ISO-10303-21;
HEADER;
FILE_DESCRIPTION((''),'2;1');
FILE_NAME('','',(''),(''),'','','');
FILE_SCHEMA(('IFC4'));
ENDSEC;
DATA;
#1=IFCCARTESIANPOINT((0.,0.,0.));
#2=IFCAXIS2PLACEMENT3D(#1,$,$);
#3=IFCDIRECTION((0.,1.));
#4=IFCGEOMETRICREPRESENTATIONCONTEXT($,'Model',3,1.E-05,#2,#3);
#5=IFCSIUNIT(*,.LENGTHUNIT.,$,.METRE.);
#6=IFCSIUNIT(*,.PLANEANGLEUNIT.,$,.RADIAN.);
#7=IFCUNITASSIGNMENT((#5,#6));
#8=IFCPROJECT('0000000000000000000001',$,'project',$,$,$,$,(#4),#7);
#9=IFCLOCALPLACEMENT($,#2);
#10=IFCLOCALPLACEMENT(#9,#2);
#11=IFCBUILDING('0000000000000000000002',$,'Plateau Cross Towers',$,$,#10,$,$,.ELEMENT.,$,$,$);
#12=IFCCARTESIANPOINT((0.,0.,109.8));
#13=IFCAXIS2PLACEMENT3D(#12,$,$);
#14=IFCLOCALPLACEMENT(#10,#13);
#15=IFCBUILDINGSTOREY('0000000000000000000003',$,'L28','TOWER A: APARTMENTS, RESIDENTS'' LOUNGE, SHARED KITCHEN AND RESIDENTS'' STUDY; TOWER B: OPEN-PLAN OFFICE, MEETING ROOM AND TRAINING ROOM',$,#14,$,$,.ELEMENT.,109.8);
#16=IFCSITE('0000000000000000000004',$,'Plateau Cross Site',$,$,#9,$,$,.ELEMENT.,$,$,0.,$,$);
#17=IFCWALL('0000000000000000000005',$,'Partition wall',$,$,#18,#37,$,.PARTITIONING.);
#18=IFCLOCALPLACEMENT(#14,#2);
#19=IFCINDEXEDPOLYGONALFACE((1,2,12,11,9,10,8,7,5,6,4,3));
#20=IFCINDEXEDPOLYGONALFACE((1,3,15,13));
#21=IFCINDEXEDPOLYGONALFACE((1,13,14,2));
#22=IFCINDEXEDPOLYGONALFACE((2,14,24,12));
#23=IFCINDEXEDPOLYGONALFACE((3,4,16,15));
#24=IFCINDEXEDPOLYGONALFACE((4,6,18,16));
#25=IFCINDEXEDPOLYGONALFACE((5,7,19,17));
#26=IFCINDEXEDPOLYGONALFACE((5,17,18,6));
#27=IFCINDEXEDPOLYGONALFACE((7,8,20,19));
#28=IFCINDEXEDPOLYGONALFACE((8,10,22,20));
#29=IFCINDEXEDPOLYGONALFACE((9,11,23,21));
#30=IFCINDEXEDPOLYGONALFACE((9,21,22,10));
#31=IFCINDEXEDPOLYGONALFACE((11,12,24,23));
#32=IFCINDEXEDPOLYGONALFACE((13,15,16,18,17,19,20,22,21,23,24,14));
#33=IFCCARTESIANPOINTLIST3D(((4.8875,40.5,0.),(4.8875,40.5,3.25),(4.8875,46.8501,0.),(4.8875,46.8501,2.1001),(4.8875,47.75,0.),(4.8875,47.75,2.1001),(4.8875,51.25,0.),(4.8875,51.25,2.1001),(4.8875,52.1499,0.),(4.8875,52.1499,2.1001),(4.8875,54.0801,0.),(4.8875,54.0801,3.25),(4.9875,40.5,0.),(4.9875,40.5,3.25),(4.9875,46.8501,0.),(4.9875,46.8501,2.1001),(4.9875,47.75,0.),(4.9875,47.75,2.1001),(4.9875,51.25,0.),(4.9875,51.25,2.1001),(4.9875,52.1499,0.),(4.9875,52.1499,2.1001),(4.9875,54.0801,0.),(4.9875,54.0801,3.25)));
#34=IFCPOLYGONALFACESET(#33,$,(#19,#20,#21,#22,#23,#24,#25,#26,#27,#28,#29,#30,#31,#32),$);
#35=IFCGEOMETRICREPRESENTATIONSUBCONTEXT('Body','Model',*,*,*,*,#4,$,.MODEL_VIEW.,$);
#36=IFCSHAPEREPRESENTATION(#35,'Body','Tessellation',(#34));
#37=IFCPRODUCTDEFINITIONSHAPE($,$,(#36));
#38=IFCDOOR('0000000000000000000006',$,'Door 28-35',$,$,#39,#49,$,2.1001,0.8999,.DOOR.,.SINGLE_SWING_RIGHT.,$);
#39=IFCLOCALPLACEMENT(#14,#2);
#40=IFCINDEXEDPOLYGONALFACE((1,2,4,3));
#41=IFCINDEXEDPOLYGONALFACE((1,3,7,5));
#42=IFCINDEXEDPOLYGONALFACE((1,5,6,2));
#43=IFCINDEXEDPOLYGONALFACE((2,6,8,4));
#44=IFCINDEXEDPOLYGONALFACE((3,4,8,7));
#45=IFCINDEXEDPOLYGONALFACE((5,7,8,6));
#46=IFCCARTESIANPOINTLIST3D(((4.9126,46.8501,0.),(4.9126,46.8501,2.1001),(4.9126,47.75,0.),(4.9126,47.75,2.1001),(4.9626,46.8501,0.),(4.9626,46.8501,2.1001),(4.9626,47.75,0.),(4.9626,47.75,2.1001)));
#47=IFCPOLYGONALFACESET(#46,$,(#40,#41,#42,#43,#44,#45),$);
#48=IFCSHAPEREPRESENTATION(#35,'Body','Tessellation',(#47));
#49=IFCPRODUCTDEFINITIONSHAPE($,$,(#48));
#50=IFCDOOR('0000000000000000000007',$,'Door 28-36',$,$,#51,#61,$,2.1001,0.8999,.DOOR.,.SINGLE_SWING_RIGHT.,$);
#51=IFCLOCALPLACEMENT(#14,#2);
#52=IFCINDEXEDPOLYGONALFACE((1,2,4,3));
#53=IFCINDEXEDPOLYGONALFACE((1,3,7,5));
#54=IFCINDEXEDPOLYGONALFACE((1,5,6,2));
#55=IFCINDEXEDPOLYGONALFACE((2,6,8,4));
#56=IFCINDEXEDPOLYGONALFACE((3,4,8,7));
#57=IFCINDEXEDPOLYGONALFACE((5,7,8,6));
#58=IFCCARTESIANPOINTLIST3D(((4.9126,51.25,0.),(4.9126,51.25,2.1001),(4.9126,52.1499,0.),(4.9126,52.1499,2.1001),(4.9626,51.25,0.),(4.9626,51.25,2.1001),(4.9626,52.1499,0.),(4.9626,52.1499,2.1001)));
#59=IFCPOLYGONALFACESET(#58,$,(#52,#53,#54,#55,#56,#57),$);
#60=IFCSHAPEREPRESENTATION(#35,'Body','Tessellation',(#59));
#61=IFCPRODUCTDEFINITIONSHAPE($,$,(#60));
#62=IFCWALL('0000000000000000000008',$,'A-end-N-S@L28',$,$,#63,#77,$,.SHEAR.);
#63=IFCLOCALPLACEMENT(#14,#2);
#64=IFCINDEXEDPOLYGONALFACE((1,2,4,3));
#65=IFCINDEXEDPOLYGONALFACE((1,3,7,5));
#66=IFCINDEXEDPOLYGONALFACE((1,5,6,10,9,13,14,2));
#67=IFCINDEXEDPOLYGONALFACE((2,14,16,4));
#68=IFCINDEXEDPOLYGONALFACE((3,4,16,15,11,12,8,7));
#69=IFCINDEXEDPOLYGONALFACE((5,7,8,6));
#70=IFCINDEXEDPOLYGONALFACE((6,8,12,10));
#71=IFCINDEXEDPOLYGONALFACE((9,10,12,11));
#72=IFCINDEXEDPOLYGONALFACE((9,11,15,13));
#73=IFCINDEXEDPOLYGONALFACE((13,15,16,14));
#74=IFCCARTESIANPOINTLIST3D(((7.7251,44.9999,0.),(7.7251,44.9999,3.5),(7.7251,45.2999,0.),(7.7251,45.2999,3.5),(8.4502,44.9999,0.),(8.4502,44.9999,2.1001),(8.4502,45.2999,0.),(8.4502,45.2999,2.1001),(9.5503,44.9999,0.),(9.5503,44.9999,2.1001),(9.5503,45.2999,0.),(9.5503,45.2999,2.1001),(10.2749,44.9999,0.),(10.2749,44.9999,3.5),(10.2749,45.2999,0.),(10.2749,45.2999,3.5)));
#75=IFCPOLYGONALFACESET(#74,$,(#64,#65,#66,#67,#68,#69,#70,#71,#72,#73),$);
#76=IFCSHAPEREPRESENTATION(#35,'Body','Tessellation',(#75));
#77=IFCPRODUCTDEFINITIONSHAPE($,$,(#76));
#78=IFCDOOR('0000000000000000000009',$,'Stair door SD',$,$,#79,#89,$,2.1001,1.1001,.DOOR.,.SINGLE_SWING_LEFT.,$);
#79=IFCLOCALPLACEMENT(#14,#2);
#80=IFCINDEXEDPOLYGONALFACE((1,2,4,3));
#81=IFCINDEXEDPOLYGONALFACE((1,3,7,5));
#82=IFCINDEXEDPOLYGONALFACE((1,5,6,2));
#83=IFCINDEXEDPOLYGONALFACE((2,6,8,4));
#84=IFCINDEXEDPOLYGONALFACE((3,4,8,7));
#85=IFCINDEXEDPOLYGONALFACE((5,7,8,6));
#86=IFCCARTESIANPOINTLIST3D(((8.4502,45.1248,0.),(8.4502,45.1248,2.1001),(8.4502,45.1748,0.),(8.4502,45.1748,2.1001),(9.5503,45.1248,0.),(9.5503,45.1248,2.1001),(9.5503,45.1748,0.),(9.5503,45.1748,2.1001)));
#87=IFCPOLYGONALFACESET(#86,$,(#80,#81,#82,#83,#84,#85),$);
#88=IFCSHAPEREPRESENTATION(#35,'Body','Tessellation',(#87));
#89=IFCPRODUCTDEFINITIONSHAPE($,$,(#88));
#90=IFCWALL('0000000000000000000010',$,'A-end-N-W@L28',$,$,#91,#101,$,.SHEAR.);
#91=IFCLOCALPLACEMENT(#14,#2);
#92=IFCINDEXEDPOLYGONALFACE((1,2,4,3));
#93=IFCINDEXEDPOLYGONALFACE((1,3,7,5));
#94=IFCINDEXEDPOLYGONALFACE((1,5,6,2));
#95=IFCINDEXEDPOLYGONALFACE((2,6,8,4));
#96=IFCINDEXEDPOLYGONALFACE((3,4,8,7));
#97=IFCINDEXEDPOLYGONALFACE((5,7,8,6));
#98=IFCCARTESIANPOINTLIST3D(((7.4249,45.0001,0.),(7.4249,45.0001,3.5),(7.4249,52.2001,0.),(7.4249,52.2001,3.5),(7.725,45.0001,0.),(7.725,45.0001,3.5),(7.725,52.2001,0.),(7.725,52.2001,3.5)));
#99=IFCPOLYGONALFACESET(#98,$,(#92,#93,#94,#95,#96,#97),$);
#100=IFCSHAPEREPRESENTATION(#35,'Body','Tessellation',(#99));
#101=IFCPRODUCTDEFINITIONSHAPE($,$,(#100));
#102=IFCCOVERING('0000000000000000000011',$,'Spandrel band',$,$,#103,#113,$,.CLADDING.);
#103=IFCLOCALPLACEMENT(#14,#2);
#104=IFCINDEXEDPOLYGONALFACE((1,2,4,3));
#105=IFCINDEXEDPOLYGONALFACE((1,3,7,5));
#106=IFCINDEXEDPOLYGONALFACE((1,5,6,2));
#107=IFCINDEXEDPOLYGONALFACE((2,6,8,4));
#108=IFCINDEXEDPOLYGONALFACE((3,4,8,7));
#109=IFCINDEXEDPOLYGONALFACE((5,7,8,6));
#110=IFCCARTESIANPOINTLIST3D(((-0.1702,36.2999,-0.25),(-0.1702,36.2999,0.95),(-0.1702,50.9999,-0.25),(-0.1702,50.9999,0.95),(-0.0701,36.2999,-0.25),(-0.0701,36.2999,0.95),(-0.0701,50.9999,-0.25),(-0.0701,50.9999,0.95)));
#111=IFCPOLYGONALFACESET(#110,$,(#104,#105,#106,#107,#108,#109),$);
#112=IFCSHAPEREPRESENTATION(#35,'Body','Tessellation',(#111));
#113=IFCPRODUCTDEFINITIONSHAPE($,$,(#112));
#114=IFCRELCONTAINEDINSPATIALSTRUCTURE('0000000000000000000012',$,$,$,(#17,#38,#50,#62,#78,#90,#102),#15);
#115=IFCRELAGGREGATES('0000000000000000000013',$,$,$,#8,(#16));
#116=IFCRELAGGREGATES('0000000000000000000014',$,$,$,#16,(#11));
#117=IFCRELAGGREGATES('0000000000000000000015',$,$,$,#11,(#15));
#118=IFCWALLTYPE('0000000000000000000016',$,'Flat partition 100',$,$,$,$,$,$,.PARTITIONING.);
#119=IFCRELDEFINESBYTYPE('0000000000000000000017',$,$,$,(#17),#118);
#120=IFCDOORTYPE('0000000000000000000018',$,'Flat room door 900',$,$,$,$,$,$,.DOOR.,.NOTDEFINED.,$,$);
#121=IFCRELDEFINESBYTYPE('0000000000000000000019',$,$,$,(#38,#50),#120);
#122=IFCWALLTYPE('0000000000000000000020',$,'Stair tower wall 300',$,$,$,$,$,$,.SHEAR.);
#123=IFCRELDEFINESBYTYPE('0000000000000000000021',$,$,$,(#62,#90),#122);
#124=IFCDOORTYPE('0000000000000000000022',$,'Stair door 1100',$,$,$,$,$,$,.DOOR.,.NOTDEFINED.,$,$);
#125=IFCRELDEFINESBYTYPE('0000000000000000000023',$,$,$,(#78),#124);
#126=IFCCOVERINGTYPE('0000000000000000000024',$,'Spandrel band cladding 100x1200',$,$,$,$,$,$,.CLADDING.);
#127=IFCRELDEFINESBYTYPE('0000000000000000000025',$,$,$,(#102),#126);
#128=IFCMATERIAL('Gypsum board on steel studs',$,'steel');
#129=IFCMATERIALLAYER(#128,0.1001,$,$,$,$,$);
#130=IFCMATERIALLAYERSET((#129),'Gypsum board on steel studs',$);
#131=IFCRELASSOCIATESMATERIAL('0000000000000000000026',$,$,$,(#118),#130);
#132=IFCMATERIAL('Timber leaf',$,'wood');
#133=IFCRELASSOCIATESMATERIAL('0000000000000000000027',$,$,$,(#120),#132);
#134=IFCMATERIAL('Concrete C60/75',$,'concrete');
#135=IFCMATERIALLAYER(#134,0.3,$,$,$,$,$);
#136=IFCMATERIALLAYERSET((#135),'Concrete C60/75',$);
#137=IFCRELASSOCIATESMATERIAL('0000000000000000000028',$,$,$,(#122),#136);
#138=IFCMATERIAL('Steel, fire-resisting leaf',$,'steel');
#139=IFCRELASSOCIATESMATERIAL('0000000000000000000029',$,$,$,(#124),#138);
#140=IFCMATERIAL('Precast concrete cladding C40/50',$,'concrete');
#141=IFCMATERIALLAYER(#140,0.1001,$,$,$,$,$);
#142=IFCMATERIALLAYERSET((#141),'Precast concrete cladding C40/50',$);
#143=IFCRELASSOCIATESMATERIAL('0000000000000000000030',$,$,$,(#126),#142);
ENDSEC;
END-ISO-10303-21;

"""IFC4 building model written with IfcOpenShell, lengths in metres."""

from ifc_helpers import new_model, si_unit, direction, frame, frame_2d, origin, origin_2d, place, context, subcontext, project, spatial, rectangle, extrude, material, layer, layer_set, type_object, element, fill, save


model = new_model("IFC4")

# Units and contexts
model_context = context("Model", 3, precision=1e-05, world=origin(), true_north=direction((0.0, 1.0)))
body_context = subcontext(model_context, "Body", "Model", "MODEL_VIEW")
ifc_project = project(units=[si_unit("LENGTHUNIT", "METRE"), si_unit("PLANEANGLEUNIT", "RADIAN")], contexts=[model_context])

# Site, building, storey
site_placement = place(None, origin())
site = spatial("IfcSite", under=ifc_project, at=site_placement, Name="Plateau Cross Site", CompositionType="ELEMENT", RefElevation=0.0)
building_placement = place(site_placement, origin())
building = spatial("IfcBuilding", under=site, at=building_placement, Name="Plateau Cross Towers", CompositionType="ELEMENT")
storey_placement = place(building_placement, frame((0.0, 0.0, 109.8)))
storey = spatial("IfcBuildingStorey", under=building, at=storey_placement, Name="L28", Description="TOWER A: APARTMENTS, RESIDENTS' LOUNGE, SHARED KITCHEN AND RESIDENTS' STUDY; TOWER B: OPEN-PLAN OFFICE, MEETING ROOM AND TRAINING ROOM", CompositionType="ELEMENT", Elevation=109.8)

# Shared definitions
ifc_material_1 = material(Name="Gypsum board on steel studs", Category="steel")
ifc_layer_1 = layer(ifc_material_1, 0.1001)
ifc_layer_set_1 = layer_set([ifc_layer_1], Name="Gypsum board on steel studs")
wall_type_1 = type_object("IfcWallType", Name="Flat partition 100", PredefinedType="PARTITIONING", material=ifc_layer_set_1)
ifc_material_2 = material(Name="Timber leaf", Category="wood")
door_type_1 = type_object("IfcDoorType", Name="Flat room door 900", OperationType="NOTDEFINED", PredefinedType="DOOR", material=ifc_material_2)

# Wall, openings, doors
wall_1_placement = place(storey_placement, frame((4.9375, 40.5, 0.0), z_axis=(0.0, 0.0, 1.0), x_axis=(0.0, 1.0, 0.0)))
wall_1 = element("IfcWall", 1, at=wall_1_placement, inside=storey, type_object=wall_type_1, Name="Partition wall", PredefinedType="PARTITIONING", context=body_context, shape_type="SweptSolid", body=[
    extrude(rectangle(XDim=13.5801, YDim=0.1001, at=frame_2d((6.79, 0.0))), origin(), (0.0, 0.0, 1.0), 3.25),
])
opening_1_placement = place(wall_1_placement, frame((6.3501, 0.0, 0.0)))
opening_1 = element("IfcOpeningElement", 2, at=opening_1_placement, cuts=wall_1, PredefinedType="OPENING", context=body_context, shape_type="SweptSolid", body=[
    extrude(rectangle(XDim=0.8999, YDim=2.1001, at=frame_2d((0.45, 1.05))), frame((0.0, 0.0601, 0.0), z_axis=(0.0, -1.0, 0.0), x_axis=(1.0, 0.0, 0.0)), (0.0, 0.0, 1.0), 0.1201),
])
opening_2_placement = place(wall_1_placement, frame((10.75, 0.0, 0.0)))
opening_2 = element("IfcOpeningElement", 3, at=opening_2_placement, cuts=wall_1, PredefinedType="OPENING", context=body_context, shape_type="SweptSolid", body=[
    extrude(rectangle(XDim=0.8999, YDim=2.1001, at=frame_2d((0.45, 1.05))), frame((0.0, 0.0601, 0.0), z_axis=(0.0, -1.0, 0.0), x_axis=(1.0, 0.0, 0.0)), (0.0, 0.0, 1.0), 0.1201),
])
door_1_placement = place(opening_1_placement, origin())
door_1 = element("IfcDoor", 4, at=door_1_placement, inside=storey, type_object=door_type_1, Name="Door 28-35", OperationType="SINGLE_SWING_RIGHT", OverallHeight=2.1001, OverallWidth=0.8999, PredefinedType="DOOR", context=body_context, shape_type="SweptSolid", body=[
    extrude(rectangle(XDim=0.8999, YDim=2.1001, at=frame_2d((0.45, 1.05))), frame((0.0, 0.0249, 0.0), z_axis=(0.0, -1.0, 0.0), x_axis=(1.0, 0.0, 0.0)), (0.0, 0.0, 1.0), 0.05),
])
fill(opening_1, door_1)
door_2_placement = place(opening_2_placement, origin())
door_2 = element("IfcDoor", 5, at=door_2_placement, inside=storey, type_object=door_type_1, Name="Door 28-36", OperationType="SINGLE_SWING_RIGHT", OverallHeight=2.1001, OverallWidth=0.8999, PredefinedType="DOOR", context=body_context, shape_type="SweptSolid", body=[
    extrude(rectangle(XDim=0.8999, YDim=2.1001, at=frame_2d((0.45, 1.05))), frame((0.0, 0.0249, 0.0), z_axis=(0.0, -1.0, 0.0), x_axis=(1.0, 0.0, 0.0)), (0.0, 0.0, 1.0), 0.05),
])
fill(opening_2, door_2)

# Wall, opening, door
ifc_material_3 = material(Name="Concrete C60/75", Category="concrete")
ifc_layer_2 = layer(ifc_material_3, 0.3)
ifc_layer_set_2 = layer_set([ifc_layer_2], Name="Concrete C60/75")
wall_type_2 = type_object("IfcWallType", Name="Stair tower wall 300", PredefinedType="SHEAR", material=ifc_layer_set_2)
wall_2_placement = place(storey_placement, frame((7.7251, 45.1499, 0.0), z_axis=(0.0, 0.0, 1.0), x_axis=(1.0, 0.0, 0.0)))
wall_2 = element("IfcWall", 6, at=wall_2_placement, inside=storey, type_object=wall_type_2, Name="A-end-N-S@L28", PredefinedType="SHEAR", context=body_context, shape_type="SweptSolid", body=[
    extrude(rectangle(XDim=2.5498, YDim=0.3, at=frame_2d((1.2749, 0.0))), origin(), (0.0, 0.0, 1.0), 3.5),
])
opening_3_placement = place(wall_2_placement, frame((0.7251, 0.0, 0.0)))
opening_3 = element("IfcOpeningElement", 7, at=opening_3_placement, cuts=wall_2, PredefinedType="OPENING", context=body_context, shape_type="SweptSolid", body=[
    extrude(rectangle(XDim=1.1001, YDim=2.1001, at=frame_2d((0.55, 1.05))), frame((0.0, 0.1599, 0.0), z_axis=(0.0, -1.0, 0.0), x_axis=(1.0, 0.0, 0.0)), (0.0, 0.0, 1.0), 0.3201),
])
ifc_material_4 = material(Name="Steel, fire-resisting leaf", Category="steel")
door_type_2 = type_object("IfcDoorType", Name="Stair door 1100", OperationType="NOTDEFINED", PredefinedType="DOOR", material=ifc_material_4)
door_3_placement = place(opening_3_placement, origin())
door_3 = element("IfcDoor", 8, at=door_3_placement, inside=storey, type_object=door_type_2, Name="Stair door SD", OperationType="SINGLE_SWING_LEFT", OverallHeight=2.1001, OverallWidth=1.1001, PredefinedType="DOOR", context=body_context, shape_type="SweptSolid", body=[
    extrude(rectangle(XDim=1.1001, YDim=2.1001, at=frame_2d((0.55, 1.05))), frame((0.0, 0.0249, 0.0), z_axis=(0.0, -1.0, 0.0), x_axis=(1.0, 0.0, 0.0)), (0.0, 0.0, 1.0), 0.05),
])
fill(opening_3, door_3)

# Wall
wall_3_placement = place(storey_placement, frame((7.575, 45.0, 0.0), z_axis=(0.0, 0.0, 1.0), x_axis=(0.0, 1.0, 0.0)))
element("IfcWall", 9, at=wall_3_placement, inside=storey, type_object=wall_type_2, Name="A-end-N-W@L28", PredefinedType="SHEAR", context=body_context, shape_type="SweptSolid", body=[
    extrude(rectangle(XDim=7.2, YDim=0.3, at=frame_2d((3.6001, 0.0))), origin(), (0.0, 0.0, 1.0), 3.5),
])

# Covering
ifc_material_5 = material(Name="Precast concrete cladding C40/50", Category="concrete")
ifc_layer_3 = layer(ifc_material_5, 0.1001)
ifc_layer_set_3 = layer_set([ifc_layer_3], Name="Precast concrete cladding C40/50")
covering_type = type_object("IfcCoveringType", Name="Spandrel band cladding 100x1200", PredefinedType="CLADDING", material=ifc_layer_set_3)
covering_placement = place(storey_placement, frame((-0.1201, 43.6499, -0.25), z_axis=(0.0, 0.0, 1.0), x_axis=(0.0, -1.0, 0.0)))
element("IfcCovering", 10, at=covering_placement, inside=storey, type_object=covering_type, Name="Spandrel band", PredefinedType="CLADDING", context=body_context, shape_type="SweptSolid", body=[
    extrude(rectangle(XDim=14.7, YDim=0.1001, at=origin_2d()), origin(), (0.0, 0.0, 1.0), 1.2),
])

save(model, "model.ifc")
